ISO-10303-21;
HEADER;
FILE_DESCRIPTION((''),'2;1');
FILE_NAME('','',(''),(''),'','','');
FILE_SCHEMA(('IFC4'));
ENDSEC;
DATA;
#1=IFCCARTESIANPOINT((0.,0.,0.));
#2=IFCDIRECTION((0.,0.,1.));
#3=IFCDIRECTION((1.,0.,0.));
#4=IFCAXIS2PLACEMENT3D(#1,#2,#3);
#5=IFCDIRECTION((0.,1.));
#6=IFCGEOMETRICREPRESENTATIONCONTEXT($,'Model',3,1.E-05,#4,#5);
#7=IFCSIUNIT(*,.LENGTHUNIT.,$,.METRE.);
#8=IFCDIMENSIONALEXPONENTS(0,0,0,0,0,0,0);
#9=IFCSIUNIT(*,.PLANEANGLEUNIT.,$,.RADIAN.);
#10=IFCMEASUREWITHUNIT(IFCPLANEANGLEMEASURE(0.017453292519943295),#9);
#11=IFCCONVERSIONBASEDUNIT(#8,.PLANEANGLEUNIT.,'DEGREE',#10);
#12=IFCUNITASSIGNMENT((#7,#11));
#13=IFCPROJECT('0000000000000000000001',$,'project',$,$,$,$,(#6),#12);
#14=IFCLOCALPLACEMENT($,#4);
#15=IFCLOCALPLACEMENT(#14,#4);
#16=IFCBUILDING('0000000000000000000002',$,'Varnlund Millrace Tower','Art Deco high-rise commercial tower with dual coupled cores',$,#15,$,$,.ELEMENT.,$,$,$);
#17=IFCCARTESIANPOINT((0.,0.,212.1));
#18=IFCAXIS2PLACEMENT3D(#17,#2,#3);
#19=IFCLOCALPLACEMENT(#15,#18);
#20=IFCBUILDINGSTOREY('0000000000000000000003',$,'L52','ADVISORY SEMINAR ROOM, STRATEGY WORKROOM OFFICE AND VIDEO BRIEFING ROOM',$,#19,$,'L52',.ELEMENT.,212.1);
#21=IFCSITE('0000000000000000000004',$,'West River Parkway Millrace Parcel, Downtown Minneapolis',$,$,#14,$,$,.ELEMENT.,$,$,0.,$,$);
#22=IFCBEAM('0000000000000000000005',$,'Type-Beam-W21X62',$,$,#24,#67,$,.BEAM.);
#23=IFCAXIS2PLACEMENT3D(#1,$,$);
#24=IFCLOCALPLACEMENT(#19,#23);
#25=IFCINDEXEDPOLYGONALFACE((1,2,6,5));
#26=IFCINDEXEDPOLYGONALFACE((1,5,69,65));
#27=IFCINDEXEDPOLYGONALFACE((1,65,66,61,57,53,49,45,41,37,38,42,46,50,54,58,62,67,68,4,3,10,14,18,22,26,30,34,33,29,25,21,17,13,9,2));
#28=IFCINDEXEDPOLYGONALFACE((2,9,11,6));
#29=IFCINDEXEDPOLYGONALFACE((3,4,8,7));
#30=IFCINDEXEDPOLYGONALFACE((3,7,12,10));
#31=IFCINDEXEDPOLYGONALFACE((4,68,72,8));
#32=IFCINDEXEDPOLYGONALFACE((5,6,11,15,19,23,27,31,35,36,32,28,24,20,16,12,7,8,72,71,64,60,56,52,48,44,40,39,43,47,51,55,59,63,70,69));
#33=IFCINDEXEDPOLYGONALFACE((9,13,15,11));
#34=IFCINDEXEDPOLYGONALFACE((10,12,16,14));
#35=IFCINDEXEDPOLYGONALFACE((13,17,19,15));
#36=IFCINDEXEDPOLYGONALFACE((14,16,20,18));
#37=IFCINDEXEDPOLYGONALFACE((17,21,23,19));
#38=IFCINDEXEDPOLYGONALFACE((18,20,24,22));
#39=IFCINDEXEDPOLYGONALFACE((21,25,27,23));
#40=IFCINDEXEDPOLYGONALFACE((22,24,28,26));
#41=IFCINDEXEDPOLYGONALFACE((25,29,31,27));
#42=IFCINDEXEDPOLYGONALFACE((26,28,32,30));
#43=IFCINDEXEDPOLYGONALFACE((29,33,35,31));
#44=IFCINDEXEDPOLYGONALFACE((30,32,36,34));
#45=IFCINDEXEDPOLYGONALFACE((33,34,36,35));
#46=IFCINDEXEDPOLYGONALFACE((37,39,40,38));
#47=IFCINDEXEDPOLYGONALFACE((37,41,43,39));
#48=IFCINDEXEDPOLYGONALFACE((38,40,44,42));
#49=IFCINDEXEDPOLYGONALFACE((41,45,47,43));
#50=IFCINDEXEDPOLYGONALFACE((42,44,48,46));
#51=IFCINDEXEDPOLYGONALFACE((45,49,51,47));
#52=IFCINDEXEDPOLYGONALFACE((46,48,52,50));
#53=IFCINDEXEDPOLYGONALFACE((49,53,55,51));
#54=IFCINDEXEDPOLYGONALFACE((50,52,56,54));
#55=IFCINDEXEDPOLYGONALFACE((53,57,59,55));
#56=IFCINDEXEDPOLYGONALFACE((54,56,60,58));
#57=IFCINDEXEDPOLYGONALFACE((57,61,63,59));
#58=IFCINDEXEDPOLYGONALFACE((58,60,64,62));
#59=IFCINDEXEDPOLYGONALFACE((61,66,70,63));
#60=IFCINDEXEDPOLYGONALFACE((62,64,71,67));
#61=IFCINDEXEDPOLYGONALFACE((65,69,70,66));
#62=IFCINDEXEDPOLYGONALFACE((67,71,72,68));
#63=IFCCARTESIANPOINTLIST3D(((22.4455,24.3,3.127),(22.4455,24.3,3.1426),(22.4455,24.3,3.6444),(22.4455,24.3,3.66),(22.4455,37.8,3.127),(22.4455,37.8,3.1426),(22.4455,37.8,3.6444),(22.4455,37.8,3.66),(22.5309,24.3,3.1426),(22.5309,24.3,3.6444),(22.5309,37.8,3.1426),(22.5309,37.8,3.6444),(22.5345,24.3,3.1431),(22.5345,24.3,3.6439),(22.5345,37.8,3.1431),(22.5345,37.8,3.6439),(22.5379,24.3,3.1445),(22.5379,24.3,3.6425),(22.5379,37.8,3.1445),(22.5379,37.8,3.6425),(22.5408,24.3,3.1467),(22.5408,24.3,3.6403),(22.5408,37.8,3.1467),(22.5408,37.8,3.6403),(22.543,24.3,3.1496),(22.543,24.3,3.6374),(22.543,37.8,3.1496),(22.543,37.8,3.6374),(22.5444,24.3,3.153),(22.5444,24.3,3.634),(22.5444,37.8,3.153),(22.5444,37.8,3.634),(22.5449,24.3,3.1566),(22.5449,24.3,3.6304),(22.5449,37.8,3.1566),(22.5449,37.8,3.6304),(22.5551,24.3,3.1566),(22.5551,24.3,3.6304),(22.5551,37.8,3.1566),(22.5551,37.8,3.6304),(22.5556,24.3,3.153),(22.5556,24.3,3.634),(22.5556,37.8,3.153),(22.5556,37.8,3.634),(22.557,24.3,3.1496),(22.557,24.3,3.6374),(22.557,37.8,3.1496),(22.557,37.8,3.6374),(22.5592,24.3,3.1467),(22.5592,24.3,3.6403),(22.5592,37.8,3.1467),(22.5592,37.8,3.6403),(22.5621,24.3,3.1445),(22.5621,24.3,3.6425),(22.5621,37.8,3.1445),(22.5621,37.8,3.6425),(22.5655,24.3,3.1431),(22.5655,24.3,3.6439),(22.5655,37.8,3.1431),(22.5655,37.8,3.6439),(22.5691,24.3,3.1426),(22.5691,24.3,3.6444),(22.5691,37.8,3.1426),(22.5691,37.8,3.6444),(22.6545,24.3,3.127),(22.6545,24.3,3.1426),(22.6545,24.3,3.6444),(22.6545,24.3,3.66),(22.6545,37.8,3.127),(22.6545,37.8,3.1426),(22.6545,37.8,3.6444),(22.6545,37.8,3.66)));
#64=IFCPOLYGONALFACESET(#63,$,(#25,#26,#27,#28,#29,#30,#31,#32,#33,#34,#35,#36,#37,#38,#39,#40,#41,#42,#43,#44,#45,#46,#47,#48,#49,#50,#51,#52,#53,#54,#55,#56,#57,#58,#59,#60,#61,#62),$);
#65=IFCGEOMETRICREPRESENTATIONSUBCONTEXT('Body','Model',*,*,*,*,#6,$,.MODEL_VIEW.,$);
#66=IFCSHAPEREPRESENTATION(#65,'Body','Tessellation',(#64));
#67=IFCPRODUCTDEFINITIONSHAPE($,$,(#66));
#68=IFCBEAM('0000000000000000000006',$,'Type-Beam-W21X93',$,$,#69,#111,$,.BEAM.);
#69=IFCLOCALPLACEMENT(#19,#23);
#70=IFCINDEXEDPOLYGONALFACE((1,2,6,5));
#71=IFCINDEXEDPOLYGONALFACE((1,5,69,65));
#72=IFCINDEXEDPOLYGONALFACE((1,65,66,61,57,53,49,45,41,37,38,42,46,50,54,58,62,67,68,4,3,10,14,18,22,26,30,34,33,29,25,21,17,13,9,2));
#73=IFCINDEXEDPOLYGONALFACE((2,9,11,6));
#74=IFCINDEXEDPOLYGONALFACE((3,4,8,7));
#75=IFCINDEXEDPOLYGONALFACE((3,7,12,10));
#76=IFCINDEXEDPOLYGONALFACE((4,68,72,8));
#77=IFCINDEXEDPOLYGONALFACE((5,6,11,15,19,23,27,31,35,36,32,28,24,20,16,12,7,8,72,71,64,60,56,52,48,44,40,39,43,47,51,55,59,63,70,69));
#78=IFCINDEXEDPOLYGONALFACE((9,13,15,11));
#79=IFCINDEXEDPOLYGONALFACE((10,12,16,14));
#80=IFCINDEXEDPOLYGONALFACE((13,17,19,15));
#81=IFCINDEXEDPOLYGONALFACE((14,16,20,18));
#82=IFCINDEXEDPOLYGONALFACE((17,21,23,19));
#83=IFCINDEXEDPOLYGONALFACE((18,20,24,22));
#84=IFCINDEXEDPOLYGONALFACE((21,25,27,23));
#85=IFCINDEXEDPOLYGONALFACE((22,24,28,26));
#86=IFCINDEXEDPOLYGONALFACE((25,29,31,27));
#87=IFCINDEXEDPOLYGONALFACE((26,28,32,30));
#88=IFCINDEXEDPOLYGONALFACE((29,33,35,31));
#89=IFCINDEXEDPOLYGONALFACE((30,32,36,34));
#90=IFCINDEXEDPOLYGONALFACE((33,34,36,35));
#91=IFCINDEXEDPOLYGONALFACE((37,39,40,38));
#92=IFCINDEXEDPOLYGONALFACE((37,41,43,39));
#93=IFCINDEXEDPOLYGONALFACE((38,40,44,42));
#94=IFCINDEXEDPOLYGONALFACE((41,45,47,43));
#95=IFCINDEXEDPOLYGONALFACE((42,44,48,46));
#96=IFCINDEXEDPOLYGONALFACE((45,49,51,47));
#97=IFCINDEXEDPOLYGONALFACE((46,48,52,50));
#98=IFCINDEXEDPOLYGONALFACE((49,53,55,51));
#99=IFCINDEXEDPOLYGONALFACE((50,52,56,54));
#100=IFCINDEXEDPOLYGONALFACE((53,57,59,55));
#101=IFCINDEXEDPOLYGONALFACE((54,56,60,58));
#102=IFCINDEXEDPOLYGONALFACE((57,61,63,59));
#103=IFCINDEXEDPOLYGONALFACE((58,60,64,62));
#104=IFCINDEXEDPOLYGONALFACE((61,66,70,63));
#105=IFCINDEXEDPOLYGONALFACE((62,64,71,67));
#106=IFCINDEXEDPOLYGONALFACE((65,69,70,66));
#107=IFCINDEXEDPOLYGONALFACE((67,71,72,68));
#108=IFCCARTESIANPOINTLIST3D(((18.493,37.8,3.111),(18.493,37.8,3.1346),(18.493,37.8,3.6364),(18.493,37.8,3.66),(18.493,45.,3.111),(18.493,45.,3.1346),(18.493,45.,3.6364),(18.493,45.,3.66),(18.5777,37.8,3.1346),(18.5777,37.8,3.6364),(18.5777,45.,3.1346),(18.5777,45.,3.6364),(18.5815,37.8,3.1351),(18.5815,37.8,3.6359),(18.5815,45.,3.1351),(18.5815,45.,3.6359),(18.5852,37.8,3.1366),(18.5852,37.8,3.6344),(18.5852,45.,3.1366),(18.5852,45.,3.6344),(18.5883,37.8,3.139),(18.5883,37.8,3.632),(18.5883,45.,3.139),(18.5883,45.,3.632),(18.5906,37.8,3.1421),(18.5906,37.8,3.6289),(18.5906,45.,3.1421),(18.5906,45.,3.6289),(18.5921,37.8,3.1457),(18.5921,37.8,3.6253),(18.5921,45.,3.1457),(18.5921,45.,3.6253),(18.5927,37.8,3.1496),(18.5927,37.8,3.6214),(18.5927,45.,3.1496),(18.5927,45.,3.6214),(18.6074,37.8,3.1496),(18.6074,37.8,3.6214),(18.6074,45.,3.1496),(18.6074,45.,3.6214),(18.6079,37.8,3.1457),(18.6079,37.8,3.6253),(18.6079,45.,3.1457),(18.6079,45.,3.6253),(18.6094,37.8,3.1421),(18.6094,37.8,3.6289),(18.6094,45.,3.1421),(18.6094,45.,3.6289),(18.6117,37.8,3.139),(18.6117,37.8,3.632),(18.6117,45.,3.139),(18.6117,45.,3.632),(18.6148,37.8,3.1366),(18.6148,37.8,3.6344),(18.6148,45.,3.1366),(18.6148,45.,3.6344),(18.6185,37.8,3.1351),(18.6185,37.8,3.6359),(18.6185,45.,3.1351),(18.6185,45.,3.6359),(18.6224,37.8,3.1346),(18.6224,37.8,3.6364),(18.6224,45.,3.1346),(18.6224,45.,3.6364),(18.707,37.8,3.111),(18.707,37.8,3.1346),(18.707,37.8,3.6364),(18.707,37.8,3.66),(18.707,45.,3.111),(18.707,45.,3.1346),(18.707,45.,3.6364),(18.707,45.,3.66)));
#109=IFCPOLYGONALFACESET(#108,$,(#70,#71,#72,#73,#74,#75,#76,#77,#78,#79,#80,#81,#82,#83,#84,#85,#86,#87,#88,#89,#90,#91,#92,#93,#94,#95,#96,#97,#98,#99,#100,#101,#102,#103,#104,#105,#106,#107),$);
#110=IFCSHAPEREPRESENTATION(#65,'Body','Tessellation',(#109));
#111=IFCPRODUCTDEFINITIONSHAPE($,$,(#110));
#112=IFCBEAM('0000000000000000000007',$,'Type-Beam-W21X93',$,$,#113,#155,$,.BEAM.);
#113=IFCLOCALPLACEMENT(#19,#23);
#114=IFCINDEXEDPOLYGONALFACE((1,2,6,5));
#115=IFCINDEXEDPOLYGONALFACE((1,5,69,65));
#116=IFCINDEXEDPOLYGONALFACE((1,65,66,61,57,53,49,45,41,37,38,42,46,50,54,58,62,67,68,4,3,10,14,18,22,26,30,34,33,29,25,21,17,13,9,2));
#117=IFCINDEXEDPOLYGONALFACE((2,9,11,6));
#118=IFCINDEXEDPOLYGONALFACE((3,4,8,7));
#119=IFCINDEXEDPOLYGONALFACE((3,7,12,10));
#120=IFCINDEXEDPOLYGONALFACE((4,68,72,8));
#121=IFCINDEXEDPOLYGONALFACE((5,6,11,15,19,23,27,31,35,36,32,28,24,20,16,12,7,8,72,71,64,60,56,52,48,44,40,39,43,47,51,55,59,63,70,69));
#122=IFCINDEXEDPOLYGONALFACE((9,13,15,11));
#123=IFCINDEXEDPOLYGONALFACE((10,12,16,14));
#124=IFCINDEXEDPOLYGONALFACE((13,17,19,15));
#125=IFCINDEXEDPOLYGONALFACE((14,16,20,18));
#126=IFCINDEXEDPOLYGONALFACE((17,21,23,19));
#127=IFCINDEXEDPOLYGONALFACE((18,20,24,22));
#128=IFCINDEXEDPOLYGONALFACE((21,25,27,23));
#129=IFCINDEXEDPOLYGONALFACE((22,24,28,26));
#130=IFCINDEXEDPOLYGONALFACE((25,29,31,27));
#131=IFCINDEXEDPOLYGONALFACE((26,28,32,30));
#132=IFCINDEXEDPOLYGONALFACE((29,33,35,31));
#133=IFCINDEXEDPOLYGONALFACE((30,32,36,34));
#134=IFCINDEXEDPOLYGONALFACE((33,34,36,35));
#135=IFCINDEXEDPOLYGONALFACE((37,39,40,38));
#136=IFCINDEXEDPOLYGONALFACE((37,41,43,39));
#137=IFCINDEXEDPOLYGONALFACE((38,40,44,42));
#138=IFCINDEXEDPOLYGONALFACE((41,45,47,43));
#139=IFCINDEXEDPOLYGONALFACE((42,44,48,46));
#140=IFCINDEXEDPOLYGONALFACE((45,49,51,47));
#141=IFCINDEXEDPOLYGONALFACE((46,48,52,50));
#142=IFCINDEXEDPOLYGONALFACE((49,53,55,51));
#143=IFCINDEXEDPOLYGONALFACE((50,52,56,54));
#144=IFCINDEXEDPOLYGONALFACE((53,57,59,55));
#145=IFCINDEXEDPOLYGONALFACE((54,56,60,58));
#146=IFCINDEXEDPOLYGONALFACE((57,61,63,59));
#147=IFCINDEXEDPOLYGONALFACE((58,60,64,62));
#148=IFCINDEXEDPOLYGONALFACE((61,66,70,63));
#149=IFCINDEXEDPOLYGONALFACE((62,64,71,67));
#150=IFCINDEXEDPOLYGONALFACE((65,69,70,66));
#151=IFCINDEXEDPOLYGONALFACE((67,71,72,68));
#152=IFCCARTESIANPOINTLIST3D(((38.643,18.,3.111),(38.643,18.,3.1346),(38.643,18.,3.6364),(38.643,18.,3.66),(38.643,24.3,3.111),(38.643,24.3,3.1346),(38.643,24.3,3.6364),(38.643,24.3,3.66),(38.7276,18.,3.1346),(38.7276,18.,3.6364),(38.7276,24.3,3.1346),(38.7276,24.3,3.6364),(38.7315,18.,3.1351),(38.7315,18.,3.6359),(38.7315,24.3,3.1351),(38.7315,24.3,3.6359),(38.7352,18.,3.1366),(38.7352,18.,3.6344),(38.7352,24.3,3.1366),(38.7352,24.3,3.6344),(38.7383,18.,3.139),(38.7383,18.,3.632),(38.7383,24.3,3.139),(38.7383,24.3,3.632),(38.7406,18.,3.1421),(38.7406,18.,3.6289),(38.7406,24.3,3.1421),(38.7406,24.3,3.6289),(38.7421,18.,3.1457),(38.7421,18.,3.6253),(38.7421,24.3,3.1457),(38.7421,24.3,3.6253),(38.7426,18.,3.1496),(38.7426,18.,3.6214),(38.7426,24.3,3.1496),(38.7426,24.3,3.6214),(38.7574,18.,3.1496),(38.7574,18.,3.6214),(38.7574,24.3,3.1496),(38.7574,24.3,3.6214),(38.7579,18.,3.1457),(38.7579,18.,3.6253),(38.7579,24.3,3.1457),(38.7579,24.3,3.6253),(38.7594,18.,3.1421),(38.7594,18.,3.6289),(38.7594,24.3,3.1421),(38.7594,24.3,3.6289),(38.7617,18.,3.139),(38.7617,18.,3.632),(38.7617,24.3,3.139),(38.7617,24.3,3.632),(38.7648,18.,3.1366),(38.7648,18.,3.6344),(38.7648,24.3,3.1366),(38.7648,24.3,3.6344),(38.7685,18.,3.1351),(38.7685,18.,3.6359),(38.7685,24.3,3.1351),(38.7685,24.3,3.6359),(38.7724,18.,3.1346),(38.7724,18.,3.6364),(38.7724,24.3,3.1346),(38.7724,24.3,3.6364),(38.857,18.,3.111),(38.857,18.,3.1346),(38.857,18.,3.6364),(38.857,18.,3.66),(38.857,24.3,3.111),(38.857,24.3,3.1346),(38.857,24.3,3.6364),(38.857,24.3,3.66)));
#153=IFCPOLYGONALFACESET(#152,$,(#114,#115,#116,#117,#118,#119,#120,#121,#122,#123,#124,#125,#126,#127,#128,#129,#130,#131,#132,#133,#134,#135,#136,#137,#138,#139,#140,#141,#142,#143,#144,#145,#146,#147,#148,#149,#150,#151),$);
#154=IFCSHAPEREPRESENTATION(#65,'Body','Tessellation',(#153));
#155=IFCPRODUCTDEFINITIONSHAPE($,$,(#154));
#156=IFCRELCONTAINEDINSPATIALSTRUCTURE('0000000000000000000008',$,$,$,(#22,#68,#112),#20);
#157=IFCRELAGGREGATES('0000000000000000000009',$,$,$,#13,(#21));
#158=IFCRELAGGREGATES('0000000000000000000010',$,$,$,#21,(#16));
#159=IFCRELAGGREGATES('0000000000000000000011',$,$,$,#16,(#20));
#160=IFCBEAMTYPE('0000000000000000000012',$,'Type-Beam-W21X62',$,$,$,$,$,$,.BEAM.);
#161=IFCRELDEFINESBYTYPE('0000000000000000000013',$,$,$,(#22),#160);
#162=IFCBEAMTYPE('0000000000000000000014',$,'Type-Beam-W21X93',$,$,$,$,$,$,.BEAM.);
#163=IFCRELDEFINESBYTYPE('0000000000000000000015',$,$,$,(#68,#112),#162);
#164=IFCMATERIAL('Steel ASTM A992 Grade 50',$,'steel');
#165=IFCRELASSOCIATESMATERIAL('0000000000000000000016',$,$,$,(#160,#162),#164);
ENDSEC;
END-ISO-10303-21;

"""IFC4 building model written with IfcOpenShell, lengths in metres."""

from ifc_helpers import new_model, entity, si_unit, converted_unit, direction, frame, origin_with_axes, origin_2d_with_axis, place, context, subcontext, project, spatial, i_section, extrude, material, material_profile, profile_set, type_object, element, save


model = new_model("IFC4")

# Units and contexts
model_context = context("Model", 3, precision=1e-05, world=origin_with_axes(), true_north=direction((0.0, 1.0)))
body_context = subcontext(model_context, "Body", "Model", "MODEL_VIEW")
ifc_project = project(units=[si_unit("LENGTHUNIT", "METRE"), converted_unit("PLANEANGLEUNIT", "DEGREE", entity("IfcPlaneAngleMeasure", 0.017453292519943295), si_unit("PLANEANGLEUNIT", "RADIAN"), dimensions=[0, 0, 0, 0, 0, 0, 0])], contexts=[model_context])

# Site, building, storey
site_placement = place(None, origin_with_axes())
site = spatial("IfcSite", under=ifc_project, at=site_placement, Name="West River Parkway Millrace Parcel, Downtown Minneapolis", CompositionType="ELEMENT", RefElevation=0.0)
building_placement = place(site_placement, origin_with_axes())
building = spatial("IfcBuilding", under=site, at=building_placement, Name="Varnlund Millrace Tower", Description="Art Deco high-rise commercial tower with dual coupled cores", CompositionType="ELEMENT")
storey_placement = place(building_placement, frame((0.0, 0.0, 212.1), z_axis=(0.0, 0.0, 1.0), x_axis=(1.0, 0.0, 0.0)))
storey = spatial("IfcBuildingStorey", under=building, at=storey_placement, Name="L52", Description="ADVISORY SEMINAR ROOM, STRATEGY WORKROOM OFFICE AND VIDEO BRIEFING ROOM", LongName="L52", CompositionType="ELEMENT", Elevation=212.1)

# Beams
ifc_material_1 = material(Name="Steel ASTM A992 Grade 50", Category="steel")
ifc_material_profile_1 = material_profile(ifc_material_1, i_section(OverallWidth=0.209, OverallDepth=0.533, WebThickness=0.0102, FlangeThickness=0.0156, FilletRadius=0.014, at=origin_2d_with_axis()), Name="Steel ASTM A992 Grade 50")
ifc_profile_set_1 = profile_set([ifc_material_profile_1], Name="Steel ASTM A992 Grade 50")
beam_type_1 = type_object("IfcBeamType", Name="Type-Beam-W21X62", PredefinedType="BEAM", material=ifc_profile_set_1)
beam_1_placement = place(storey_placement, frame((22.55, 24.3, 3.3935), z_axis=(0.0, 1.0, 0.0), x_axis=(-1.0, 0.0, 0.0)))
element("IfcBeam", 1, at=beam_1_placement, inside=storey, type_object=beam_type_1, Name="Type-Beam-W21X62", PredefinedType="BEAM", context=body_context, shape_type="SweptSolid", body=[
    extrude(i_section(OverallWidth=0.209, OverallDepth=0.533, WebThickness=0.0102, FlangeThickness=0.0156, FilletRadius=0.014, at=origin_2d_with_axis()), origin_with_axes(), (0.0, 0.0, 1.0), 13.5),
])
ifc_material_profile_2 = material_profile(ifc_material_1, i_section(OverallWidth=0.214, OverallDepth=0.549, WebThickness=0.0147, FlangeThickness=0.0236, FilletRadius=0.015, at=origin_2d_with_axis()), Name="Steel ASTM A992 Grade 50")
ifc_profile_set_2 = profile_set([ifc_material_profile_2], Name="Steel ASTM A992 Grade 50")
beam_type_2 = type_object("IfcBeamType", Name="Type-Beam-W21X93", PredefinedType="BEAM", material=ifc_profile_set_2)
beam_2_placement = place(storey_placement, frame((18.6, 37.8, 3.3855), z_axis=(0.0, 1.0, 0.0), x_axis=(-1.0, 0.0, 0.0)))
element("IfcBeam", 2, at=beam_2_placement, inside=storey, type_object=beam_type_2, Name="Type-Beam-W21X93", PredefinedType="BEAM", context=body_context, shape_type="SweptSolid", body=[
    extrude(i_section(OverallWidth=0.214, OverallDepth=0.549, WebThickness=0.0147, FlangeThickness=0.0236, FilletRadius=0.015, at=origin_2d_with_axis()), origin_with_axes(), (0.0, 0.0, 1.0), 7.2),
])
beam_3_placement = place(storey_placement, frame((38.75, 18.0, 3.3855), z_axis=(0.0, 1.0, 0.0), x_axis=(-1.0, 0.0, 0.0)))
element("IfcBeam", 3, at=beam_3_placement, inside=storey, type_object=beam_type_2, Name="Type-Beam-W21X93", PredefinedType="BEAM", context=body_context, shape_type="SweptSolid", body=[
    extrude(i_section(OverallWidth=0.214, OverallDepth=0.549, WebThickness=0.0147, FlangeThickness=0.0236, FilletRadius=0.015, at=origin_2d_with_axis()), origin_with_axes(), (0.0, 0.0, 1.0), 6.3),
])

save(model, "model.ifc")
